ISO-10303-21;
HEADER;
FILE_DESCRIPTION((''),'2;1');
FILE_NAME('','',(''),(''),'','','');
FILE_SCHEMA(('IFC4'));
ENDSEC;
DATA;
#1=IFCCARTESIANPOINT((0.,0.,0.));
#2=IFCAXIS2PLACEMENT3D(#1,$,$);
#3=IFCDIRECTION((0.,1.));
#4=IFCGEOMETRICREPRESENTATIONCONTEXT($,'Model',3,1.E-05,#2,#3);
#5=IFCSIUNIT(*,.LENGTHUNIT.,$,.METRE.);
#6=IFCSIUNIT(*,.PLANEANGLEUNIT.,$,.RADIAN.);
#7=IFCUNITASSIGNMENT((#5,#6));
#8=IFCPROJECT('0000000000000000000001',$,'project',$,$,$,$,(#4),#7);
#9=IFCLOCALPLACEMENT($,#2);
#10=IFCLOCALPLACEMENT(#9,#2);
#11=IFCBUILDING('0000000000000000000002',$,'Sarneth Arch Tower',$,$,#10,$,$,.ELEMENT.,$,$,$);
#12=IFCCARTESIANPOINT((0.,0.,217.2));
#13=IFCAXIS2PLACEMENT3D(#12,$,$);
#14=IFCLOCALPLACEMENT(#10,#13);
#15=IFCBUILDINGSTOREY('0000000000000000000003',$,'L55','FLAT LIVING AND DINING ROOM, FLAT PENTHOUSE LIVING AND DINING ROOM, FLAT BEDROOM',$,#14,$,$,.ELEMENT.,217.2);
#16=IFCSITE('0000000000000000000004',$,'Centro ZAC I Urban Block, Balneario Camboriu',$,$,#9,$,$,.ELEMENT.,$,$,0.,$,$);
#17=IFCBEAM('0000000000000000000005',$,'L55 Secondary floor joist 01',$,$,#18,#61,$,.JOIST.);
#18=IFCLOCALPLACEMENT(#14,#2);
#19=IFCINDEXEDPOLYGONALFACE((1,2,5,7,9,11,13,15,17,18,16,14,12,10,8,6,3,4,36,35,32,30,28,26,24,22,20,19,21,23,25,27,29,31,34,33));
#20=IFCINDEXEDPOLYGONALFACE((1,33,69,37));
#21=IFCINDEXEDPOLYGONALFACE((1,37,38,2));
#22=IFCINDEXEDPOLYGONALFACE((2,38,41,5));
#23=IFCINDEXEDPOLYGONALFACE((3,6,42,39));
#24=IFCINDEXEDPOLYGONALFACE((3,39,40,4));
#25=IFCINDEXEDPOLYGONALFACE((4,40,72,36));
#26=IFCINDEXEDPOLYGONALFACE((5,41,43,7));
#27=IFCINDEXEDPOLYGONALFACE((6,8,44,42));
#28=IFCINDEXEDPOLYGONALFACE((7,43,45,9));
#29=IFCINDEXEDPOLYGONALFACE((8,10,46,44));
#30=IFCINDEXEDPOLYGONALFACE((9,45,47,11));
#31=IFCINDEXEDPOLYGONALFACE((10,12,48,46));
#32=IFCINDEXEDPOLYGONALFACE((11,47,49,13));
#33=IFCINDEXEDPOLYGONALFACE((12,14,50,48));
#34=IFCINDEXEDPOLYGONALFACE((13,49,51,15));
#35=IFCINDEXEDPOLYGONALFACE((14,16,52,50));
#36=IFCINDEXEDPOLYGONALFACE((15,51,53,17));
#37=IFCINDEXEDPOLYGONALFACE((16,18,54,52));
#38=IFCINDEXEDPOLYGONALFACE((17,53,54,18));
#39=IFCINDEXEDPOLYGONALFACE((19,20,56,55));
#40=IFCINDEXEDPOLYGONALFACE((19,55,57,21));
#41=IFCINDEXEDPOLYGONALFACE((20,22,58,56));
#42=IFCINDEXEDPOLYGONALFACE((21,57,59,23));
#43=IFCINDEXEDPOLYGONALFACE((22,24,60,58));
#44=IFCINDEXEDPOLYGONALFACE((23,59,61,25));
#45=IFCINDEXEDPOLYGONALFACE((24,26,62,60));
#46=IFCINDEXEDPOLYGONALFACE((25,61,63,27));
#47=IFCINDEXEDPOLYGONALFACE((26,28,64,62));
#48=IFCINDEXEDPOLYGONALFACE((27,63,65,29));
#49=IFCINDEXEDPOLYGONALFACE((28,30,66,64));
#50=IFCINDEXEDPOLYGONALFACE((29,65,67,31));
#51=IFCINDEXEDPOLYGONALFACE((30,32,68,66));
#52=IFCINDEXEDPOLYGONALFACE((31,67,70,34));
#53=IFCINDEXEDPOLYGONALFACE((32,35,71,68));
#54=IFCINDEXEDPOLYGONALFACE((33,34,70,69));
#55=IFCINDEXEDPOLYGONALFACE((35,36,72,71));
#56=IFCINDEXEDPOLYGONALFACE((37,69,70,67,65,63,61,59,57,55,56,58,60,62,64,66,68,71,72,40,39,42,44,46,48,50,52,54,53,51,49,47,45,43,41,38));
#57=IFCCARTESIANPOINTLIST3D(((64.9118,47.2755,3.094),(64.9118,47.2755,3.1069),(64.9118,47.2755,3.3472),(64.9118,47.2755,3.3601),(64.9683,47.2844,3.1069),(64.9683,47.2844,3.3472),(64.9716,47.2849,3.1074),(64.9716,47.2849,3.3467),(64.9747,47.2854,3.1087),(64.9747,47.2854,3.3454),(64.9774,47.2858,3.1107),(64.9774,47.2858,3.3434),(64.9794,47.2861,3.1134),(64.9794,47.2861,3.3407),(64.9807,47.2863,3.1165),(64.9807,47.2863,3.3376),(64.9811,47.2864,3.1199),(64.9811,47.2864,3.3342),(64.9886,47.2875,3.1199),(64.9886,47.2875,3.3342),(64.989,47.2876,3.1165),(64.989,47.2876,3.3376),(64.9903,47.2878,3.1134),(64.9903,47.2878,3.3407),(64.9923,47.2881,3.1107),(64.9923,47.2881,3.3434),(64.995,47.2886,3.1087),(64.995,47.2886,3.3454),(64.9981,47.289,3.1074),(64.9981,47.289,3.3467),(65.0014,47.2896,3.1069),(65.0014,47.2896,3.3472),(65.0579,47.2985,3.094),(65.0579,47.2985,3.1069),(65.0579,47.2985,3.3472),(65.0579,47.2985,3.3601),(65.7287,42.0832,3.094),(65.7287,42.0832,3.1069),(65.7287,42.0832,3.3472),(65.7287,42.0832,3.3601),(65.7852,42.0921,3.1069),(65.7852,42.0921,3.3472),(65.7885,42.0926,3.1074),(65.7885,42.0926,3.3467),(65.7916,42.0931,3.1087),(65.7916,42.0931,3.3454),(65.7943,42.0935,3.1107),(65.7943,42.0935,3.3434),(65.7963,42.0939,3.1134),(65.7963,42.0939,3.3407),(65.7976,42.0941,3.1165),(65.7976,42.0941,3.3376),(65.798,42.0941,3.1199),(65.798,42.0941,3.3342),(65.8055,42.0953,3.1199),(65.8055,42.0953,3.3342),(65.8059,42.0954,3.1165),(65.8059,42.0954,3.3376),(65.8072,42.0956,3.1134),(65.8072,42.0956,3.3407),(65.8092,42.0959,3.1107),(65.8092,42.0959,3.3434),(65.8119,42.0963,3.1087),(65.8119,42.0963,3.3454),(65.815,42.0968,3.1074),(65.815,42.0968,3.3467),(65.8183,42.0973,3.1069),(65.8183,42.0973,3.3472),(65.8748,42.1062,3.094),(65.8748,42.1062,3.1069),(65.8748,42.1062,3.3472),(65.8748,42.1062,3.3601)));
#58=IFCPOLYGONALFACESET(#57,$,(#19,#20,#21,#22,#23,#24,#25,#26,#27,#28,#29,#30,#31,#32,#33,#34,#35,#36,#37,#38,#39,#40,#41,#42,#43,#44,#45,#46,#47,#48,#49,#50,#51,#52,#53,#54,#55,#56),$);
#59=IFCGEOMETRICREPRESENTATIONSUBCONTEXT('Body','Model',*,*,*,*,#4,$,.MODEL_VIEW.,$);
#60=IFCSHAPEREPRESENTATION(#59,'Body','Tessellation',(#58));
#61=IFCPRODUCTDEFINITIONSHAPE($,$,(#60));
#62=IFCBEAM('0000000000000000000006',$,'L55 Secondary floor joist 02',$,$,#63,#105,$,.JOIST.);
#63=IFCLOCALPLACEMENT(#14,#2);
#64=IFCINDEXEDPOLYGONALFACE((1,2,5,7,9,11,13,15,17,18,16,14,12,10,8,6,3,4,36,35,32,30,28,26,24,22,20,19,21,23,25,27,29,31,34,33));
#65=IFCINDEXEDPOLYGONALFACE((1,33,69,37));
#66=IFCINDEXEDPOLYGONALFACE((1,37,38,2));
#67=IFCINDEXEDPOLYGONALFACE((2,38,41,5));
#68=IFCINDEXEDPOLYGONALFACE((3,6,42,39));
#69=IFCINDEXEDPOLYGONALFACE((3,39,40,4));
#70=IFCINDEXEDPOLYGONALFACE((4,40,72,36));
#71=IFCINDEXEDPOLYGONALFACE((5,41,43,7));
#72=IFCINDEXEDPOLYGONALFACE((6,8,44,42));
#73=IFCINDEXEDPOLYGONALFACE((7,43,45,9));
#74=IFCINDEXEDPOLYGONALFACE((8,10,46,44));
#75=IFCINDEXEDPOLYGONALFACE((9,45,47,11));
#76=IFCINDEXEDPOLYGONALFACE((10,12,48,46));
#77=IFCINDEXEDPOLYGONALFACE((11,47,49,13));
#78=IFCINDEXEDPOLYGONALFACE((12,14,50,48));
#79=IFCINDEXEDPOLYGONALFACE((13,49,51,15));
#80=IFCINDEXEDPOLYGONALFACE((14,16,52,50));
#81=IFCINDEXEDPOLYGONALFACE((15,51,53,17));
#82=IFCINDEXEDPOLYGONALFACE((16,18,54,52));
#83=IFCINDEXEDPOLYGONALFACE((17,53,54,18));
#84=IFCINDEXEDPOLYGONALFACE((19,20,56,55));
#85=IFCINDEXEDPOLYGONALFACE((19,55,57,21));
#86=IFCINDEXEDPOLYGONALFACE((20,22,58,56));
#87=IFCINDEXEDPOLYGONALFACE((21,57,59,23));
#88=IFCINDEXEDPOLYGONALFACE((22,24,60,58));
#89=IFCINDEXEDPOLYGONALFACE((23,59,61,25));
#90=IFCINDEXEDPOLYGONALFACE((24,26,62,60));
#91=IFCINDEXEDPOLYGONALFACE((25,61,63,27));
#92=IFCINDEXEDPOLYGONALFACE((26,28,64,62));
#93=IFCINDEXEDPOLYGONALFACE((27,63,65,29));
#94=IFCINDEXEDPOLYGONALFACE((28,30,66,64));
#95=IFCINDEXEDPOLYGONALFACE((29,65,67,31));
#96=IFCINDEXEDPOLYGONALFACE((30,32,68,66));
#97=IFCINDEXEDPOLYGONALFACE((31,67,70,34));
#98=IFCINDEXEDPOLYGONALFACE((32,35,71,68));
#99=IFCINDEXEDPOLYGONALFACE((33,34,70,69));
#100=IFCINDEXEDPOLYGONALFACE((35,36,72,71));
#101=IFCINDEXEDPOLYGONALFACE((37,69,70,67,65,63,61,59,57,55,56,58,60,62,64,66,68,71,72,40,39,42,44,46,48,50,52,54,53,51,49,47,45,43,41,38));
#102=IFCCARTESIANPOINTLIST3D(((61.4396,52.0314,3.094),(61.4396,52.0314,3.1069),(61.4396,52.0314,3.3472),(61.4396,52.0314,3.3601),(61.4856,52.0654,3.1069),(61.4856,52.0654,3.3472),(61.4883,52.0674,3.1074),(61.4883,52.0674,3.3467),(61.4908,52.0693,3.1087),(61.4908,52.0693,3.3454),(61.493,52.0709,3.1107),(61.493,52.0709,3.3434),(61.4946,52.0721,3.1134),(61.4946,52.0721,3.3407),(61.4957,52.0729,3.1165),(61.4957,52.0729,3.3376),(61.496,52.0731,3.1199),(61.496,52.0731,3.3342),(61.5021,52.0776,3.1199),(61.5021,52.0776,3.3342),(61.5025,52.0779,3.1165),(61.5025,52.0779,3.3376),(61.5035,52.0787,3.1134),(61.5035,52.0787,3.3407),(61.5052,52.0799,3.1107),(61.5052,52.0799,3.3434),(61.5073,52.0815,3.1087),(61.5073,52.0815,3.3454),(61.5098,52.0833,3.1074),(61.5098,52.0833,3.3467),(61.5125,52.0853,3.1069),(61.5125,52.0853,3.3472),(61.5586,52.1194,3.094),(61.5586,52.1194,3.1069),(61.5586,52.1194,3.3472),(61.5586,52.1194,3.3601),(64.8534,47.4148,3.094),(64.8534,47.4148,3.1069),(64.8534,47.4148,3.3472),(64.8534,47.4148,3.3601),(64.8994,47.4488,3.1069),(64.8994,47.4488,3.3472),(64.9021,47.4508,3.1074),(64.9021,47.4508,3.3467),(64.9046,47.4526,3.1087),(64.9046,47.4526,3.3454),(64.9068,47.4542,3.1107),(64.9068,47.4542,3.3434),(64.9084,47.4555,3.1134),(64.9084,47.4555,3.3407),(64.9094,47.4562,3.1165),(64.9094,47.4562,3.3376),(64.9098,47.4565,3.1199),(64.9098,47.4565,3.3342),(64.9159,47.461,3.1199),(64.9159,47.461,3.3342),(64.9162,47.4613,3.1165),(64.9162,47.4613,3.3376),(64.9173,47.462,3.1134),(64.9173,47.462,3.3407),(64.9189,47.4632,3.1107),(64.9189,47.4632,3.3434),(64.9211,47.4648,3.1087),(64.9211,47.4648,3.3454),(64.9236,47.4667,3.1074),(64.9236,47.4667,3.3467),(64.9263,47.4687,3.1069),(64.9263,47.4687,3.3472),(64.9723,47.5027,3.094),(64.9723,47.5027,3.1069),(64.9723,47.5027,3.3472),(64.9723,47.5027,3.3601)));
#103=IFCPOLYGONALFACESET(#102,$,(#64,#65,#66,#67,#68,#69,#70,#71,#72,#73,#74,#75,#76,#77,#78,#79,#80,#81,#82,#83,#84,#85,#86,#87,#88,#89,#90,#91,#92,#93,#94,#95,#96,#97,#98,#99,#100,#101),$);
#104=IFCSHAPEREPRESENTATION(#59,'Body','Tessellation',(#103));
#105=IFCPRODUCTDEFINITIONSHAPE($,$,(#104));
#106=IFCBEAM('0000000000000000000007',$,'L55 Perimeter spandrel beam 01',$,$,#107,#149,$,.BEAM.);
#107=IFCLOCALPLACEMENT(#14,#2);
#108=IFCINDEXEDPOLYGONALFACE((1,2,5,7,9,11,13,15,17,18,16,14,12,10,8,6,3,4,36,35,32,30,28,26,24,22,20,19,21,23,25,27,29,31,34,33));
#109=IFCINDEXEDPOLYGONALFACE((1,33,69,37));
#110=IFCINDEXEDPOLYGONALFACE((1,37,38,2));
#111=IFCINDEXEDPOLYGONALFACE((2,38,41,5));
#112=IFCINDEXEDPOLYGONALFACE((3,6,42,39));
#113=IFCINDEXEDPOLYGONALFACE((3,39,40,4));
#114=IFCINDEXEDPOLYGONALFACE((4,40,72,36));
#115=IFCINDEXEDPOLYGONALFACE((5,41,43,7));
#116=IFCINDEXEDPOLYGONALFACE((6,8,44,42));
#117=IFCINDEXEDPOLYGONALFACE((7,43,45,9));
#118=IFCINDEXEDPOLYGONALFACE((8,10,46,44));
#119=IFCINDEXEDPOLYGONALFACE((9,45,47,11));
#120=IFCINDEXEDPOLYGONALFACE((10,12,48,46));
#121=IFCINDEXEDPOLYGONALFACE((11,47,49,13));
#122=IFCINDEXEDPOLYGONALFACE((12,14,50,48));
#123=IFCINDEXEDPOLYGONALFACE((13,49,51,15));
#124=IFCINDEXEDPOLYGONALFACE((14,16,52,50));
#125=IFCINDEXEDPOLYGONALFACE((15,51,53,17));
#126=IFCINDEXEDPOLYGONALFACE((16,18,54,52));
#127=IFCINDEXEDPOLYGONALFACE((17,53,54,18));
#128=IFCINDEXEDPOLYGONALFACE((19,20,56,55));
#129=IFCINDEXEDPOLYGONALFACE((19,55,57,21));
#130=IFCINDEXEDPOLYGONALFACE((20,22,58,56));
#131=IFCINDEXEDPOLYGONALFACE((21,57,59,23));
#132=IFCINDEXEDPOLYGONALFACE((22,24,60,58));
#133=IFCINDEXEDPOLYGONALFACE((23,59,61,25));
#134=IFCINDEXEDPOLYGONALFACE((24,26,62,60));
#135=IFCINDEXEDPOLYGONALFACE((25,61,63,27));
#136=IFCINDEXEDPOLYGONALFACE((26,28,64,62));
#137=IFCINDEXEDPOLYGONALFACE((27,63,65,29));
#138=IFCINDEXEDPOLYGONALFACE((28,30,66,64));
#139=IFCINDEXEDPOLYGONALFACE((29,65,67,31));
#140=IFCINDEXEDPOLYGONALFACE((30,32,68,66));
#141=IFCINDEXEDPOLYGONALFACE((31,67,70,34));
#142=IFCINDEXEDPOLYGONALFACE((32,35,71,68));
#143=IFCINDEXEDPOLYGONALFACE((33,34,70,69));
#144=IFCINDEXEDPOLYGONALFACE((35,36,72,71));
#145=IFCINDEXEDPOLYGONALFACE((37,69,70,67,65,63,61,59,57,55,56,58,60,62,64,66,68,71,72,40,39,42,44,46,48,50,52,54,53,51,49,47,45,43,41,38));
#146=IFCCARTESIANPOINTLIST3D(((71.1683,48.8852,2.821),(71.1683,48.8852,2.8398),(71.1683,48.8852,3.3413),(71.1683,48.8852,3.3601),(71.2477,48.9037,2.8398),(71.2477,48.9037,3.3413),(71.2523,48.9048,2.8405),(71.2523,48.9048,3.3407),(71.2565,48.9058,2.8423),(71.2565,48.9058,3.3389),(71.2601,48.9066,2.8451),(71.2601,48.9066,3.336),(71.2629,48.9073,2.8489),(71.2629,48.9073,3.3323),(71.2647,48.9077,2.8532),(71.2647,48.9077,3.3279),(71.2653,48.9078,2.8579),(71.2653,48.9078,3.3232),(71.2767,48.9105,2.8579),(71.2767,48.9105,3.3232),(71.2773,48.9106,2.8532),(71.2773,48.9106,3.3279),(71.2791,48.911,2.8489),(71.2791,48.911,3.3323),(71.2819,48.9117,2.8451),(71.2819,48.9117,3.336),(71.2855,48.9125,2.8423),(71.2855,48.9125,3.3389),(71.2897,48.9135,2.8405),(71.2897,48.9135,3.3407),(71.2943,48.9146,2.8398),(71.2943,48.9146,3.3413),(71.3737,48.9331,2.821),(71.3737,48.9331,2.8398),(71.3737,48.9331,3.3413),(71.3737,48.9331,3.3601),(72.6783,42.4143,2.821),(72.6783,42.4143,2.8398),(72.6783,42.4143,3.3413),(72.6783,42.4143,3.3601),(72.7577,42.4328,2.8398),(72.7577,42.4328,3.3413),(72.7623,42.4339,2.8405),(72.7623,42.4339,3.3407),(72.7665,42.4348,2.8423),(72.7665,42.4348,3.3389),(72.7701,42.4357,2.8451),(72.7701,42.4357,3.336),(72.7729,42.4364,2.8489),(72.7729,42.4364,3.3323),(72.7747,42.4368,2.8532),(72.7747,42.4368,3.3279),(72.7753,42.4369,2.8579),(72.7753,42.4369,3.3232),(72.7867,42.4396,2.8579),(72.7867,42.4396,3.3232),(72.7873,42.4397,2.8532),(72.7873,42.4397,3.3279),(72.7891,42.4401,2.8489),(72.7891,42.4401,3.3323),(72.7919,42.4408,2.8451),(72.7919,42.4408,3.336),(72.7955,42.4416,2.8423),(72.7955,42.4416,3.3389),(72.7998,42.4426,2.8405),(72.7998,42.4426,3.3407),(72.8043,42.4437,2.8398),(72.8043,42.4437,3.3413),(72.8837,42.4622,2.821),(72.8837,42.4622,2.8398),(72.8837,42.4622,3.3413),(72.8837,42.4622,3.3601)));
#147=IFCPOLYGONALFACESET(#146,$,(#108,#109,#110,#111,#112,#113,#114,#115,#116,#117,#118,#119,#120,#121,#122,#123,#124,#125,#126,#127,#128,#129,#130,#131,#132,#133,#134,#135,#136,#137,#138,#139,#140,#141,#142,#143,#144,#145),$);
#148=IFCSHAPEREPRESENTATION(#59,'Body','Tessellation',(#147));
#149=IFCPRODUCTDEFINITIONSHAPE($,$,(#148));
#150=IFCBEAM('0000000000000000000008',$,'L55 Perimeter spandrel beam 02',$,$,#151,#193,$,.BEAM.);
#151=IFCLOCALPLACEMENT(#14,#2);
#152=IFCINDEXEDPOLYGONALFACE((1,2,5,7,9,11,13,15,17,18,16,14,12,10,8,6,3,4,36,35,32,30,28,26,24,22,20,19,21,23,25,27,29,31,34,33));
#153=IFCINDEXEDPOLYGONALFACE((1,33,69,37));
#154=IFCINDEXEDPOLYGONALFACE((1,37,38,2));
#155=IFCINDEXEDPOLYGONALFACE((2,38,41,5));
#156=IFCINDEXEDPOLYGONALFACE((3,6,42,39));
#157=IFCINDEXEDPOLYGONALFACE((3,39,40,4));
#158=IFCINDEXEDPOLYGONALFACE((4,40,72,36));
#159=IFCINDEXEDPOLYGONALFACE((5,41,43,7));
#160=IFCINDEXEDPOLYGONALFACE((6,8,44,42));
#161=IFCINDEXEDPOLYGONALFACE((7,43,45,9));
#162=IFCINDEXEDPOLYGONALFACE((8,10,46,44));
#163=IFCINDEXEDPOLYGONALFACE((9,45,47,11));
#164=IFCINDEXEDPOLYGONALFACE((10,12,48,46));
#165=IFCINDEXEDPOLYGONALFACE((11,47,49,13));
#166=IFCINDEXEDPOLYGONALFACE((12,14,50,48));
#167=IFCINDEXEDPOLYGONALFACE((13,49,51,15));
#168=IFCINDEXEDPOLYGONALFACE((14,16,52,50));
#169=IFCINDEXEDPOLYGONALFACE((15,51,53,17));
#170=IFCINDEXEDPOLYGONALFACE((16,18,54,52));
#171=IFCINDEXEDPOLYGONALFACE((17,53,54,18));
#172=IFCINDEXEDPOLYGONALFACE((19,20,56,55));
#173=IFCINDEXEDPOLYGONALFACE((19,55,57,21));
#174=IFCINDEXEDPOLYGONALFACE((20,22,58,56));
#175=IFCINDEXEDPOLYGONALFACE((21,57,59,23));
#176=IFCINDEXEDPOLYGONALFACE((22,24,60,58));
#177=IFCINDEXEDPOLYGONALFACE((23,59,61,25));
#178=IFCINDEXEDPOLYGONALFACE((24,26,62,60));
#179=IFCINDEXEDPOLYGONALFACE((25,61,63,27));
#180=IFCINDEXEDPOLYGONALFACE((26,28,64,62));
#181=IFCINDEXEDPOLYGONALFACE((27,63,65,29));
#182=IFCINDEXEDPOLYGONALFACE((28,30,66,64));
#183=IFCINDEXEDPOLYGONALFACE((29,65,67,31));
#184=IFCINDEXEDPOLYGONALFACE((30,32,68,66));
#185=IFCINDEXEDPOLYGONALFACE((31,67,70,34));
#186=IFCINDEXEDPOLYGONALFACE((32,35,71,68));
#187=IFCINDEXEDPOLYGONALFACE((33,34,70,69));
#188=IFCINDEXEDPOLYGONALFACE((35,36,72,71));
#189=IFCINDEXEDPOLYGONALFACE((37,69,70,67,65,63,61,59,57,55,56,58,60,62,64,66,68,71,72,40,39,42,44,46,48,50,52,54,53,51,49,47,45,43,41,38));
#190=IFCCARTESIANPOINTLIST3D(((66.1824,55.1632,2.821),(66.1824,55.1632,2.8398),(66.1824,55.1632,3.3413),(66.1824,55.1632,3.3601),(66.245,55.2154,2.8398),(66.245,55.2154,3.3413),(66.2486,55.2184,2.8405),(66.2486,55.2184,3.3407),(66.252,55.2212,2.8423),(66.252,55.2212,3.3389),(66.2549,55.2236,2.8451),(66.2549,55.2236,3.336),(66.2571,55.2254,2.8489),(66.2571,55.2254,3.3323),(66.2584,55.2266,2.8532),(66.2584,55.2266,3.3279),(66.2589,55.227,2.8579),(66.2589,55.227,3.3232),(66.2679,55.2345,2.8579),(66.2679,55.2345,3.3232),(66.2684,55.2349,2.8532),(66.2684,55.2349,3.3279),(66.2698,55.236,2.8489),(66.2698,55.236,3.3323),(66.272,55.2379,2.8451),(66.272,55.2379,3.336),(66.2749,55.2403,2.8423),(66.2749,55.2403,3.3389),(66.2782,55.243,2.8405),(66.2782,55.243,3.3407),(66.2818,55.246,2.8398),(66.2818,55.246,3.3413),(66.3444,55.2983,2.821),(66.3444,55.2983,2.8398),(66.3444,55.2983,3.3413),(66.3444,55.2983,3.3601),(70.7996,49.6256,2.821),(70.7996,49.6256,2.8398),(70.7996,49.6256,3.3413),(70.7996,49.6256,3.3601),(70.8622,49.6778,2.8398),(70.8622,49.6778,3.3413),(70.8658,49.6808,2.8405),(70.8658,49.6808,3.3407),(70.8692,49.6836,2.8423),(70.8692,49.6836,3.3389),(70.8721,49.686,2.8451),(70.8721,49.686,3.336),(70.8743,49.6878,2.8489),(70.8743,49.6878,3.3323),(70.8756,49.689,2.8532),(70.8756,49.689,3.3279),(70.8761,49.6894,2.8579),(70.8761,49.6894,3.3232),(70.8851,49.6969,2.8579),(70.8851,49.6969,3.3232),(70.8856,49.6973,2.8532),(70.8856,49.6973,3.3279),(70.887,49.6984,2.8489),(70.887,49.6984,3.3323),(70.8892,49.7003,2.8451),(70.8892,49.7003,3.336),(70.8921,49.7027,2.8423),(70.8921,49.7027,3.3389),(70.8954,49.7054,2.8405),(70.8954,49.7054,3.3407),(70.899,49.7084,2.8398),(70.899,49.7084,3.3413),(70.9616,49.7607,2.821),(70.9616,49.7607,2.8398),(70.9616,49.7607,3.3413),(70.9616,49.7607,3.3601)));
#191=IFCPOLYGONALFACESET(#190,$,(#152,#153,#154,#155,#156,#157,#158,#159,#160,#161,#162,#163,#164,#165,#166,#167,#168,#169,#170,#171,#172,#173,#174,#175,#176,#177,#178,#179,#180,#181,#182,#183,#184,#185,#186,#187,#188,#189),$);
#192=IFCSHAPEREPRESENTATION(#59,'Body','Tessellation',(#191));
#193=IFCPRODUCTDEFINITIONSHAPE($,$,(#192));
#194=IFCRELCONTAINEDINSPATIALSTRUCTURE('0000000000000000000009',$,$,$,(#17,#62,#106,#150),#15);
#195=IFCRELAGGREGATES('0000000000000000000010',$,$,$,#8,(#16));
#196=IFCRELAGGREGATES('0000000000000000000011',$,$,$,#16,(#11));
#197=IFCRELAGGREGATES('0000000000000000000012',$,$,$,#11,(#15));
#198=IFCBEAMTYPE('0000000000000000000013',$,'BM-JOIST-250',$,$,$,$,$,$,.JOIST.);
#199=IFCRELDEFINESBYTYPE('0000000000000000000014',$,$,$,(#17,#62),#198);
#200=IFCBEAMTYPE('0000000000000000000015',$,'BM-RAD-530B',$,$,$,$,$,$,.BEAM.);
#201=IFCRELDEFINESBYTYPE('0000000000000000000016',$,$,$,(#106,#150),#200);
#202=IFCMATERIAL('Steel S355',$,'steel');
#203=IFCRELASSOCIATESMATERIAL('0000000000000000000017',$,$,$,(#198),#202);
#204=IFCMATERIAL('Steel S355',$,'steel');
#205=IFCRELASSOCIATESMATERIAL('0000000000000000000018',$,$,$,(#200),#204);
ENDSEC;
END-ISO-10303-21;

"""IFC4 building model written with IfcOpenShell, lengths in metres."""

from ifc_helpers import new_model, si_unit, direction, frame, origin, origin_2d, place, context, subcontext, project, spatial, i_section, extrude, material, material_profile, profile_set, type_object, element, save


model = new_model("IFC4")

# Units and contexts
model_context = context("Model", 3, precision=1e-05, world=origin(), true_north=direction((0.0, 1.0)))
body_context = subcontext(model_context, "Body", "Model", "MODEL_VIEW")
ifc_project = project(units=[si_unit("LENGTHUNIT", "METRE"), si_unit("PLANEANGLEUNIT", "RADIAN")], contexts=[model_context])

# Site, building, storey
site_placement = place(None, origin())
site = spatial("IfcSite", under=ifc_project, at=site_placement, Name="Centro ZAC I Urban Block, Balneario Camboriu", CompositionType="ELEMENT", RefElevation=0.0)
building_placement = place(site_placement, origin())
building = spatial("IfcBuilding", under=site, at=building_placement, Name="Sarneth Arch Tower", CompositionType="ELEMENT")
storey_placement = place(building_placement, frame((0.0, 0.0, 217.2)))
storey = spatial("IfcBuildingStorey", under=building, at=storey_placement, Name="L55", Description="FLAT LIVING AND DINING ROOM, FLAT PENTHOUSE LIVING AND DINING ROOM, FLAT BEDROOM", CompositionType="ELEMENT", Elevation=217.2)

# Beams
ifc_material_1 = material(Name="Steel S355", Category="steel")
ifc_material_profile_1 = material_profile(ifc_material_1, i_section(OverallWidth=0.1479, OverallDepth=0.2661, WebThickness=0.0076, FlangeThickness=0.0129, FilletRadius=0.0129, at=origin_2d()), Name="W250x44.8")
ifc_profile_set_1 = profile_set([ifc_material_profile_1], Name="Steel S355")
beam_type_1 = type_object("IfcBeamType", Name="BM-JOIST-250", PredefinedType="JOIST", material=ifc_profile_set_1)
beam_1_placement = place(storey_placement, frame((65.8018, 42.0947, 3.2271), z_axis=(-0.155421, 0.987848, 0.0), x_axis=(-0.987848, -0.155421, 0.0)))
element("IfcBeam", 1, at=beam_1_placement, inside=storey, type_object=beam_type_1, Name="L55 Secondary floor joist 01", PredefinedType="JOIST", context=body_context, shape_type="SweptSolid", body=[
    extrude(i_section(OverallWidth=0.1479, OverallDepth=0.2661, WebThickness=0.0076, FlangeThickness=0.0129, FilletRadius=0.0129, at=origin_2d()), origin(), (0.0, 0.0, 1.0), 5.2561),
])
beam_2_placement = place(storey_placement, frame((64.9128, 47.4587, 3.2271), z_axis=(-0.594557, 0.804053, 0.0), x_axis=(-0.804053, -0.594557, 0.0)))
element("IfcBeam", 2, at=beam_2_placement, inside=storey, type_object=beam_type_1, Name="L55 Secondary floor joist 02", PredefinedType="JOIST", context=body_context, shape_type="SweptSolid", body=[
    extrude(i_section(OverallWidth=0.1479, OverallDepth=0.2661, WebThickness=0.0076, FlangeThickness=0.0129, FilletRadius=0.0129, at=origin_2d()), origin(), (0.0, 0.0, 1.0), 5.7417),
])
ifc_material_2 = material(Name="Steel S355", Category="steel")
ifc_material_profile_2 = material_profile(ifc_material_2, i_section(OverallWidth=0.2109, OverallDepth=0.5391, WebThickness=0.0117, FlangeThickness=0.0188, FilletRadius=0.0181, at=origin_2d()), Name="W530x109")
ifc_profile_set_2 = profile_set([ifc_material_profile_2], Name="Steel S355")
beam_type_2 = type_object("IfcBeamType", Name="BM-RAD-530B", PredefinedType="BEAM", material=ifc_profile_set_2)
beam_3_placement = place(storey_placement, frame((72.781, 42.4382, 3.0906), z_axis=(-0.227247, 0.973837, 0.0), x_axis=(-0.973837, -0.227247, 0.0)))
element("IfcBeam", 3, at=beam_3_placement, inside=storey, type_object=beam_type_2, Name="L55 Perimeter spandrel beam 01", PredefinedType="BEAM", context=body_context, shape_type="SweptSolid", body=[
    extrude(i_section(OverallWidth=0.2109, OverallDepth=0.5391, WebThickness=0.0117, FlangeThickness=0.0188, FilletRadius=0.0181, at=origin_2d()), origin(), (0.0, 0.0, 1.0), 6.6448),
])
beam_4_placement = place(storey_placement, frame((70.8806, 49.6931, 3.0906), z_axis=(-0.640391, 0.768049, 0.0), x_axis=(-0.768049, -0.640391, 0.0)))
element("IfcBeam", 4, at=beam_4_placement, inside=storey, type_object=beam_type_2, Name="L55 Perimeter spandrel beam 02", PredefinedType="BEAM", context=body_context, shape_type="SweptSolid", body=[
    extrude(i_section(OverallWidth=0.2109, OverallDepth=0.5391, WebThickness=0.0117, FlangeThickness=0.0188, FilletRadius=0.0181, at=origin_2d()), origin(), (0.0, 0.0, 1.0), 7.21),
])

save(model, "model.ifc")
